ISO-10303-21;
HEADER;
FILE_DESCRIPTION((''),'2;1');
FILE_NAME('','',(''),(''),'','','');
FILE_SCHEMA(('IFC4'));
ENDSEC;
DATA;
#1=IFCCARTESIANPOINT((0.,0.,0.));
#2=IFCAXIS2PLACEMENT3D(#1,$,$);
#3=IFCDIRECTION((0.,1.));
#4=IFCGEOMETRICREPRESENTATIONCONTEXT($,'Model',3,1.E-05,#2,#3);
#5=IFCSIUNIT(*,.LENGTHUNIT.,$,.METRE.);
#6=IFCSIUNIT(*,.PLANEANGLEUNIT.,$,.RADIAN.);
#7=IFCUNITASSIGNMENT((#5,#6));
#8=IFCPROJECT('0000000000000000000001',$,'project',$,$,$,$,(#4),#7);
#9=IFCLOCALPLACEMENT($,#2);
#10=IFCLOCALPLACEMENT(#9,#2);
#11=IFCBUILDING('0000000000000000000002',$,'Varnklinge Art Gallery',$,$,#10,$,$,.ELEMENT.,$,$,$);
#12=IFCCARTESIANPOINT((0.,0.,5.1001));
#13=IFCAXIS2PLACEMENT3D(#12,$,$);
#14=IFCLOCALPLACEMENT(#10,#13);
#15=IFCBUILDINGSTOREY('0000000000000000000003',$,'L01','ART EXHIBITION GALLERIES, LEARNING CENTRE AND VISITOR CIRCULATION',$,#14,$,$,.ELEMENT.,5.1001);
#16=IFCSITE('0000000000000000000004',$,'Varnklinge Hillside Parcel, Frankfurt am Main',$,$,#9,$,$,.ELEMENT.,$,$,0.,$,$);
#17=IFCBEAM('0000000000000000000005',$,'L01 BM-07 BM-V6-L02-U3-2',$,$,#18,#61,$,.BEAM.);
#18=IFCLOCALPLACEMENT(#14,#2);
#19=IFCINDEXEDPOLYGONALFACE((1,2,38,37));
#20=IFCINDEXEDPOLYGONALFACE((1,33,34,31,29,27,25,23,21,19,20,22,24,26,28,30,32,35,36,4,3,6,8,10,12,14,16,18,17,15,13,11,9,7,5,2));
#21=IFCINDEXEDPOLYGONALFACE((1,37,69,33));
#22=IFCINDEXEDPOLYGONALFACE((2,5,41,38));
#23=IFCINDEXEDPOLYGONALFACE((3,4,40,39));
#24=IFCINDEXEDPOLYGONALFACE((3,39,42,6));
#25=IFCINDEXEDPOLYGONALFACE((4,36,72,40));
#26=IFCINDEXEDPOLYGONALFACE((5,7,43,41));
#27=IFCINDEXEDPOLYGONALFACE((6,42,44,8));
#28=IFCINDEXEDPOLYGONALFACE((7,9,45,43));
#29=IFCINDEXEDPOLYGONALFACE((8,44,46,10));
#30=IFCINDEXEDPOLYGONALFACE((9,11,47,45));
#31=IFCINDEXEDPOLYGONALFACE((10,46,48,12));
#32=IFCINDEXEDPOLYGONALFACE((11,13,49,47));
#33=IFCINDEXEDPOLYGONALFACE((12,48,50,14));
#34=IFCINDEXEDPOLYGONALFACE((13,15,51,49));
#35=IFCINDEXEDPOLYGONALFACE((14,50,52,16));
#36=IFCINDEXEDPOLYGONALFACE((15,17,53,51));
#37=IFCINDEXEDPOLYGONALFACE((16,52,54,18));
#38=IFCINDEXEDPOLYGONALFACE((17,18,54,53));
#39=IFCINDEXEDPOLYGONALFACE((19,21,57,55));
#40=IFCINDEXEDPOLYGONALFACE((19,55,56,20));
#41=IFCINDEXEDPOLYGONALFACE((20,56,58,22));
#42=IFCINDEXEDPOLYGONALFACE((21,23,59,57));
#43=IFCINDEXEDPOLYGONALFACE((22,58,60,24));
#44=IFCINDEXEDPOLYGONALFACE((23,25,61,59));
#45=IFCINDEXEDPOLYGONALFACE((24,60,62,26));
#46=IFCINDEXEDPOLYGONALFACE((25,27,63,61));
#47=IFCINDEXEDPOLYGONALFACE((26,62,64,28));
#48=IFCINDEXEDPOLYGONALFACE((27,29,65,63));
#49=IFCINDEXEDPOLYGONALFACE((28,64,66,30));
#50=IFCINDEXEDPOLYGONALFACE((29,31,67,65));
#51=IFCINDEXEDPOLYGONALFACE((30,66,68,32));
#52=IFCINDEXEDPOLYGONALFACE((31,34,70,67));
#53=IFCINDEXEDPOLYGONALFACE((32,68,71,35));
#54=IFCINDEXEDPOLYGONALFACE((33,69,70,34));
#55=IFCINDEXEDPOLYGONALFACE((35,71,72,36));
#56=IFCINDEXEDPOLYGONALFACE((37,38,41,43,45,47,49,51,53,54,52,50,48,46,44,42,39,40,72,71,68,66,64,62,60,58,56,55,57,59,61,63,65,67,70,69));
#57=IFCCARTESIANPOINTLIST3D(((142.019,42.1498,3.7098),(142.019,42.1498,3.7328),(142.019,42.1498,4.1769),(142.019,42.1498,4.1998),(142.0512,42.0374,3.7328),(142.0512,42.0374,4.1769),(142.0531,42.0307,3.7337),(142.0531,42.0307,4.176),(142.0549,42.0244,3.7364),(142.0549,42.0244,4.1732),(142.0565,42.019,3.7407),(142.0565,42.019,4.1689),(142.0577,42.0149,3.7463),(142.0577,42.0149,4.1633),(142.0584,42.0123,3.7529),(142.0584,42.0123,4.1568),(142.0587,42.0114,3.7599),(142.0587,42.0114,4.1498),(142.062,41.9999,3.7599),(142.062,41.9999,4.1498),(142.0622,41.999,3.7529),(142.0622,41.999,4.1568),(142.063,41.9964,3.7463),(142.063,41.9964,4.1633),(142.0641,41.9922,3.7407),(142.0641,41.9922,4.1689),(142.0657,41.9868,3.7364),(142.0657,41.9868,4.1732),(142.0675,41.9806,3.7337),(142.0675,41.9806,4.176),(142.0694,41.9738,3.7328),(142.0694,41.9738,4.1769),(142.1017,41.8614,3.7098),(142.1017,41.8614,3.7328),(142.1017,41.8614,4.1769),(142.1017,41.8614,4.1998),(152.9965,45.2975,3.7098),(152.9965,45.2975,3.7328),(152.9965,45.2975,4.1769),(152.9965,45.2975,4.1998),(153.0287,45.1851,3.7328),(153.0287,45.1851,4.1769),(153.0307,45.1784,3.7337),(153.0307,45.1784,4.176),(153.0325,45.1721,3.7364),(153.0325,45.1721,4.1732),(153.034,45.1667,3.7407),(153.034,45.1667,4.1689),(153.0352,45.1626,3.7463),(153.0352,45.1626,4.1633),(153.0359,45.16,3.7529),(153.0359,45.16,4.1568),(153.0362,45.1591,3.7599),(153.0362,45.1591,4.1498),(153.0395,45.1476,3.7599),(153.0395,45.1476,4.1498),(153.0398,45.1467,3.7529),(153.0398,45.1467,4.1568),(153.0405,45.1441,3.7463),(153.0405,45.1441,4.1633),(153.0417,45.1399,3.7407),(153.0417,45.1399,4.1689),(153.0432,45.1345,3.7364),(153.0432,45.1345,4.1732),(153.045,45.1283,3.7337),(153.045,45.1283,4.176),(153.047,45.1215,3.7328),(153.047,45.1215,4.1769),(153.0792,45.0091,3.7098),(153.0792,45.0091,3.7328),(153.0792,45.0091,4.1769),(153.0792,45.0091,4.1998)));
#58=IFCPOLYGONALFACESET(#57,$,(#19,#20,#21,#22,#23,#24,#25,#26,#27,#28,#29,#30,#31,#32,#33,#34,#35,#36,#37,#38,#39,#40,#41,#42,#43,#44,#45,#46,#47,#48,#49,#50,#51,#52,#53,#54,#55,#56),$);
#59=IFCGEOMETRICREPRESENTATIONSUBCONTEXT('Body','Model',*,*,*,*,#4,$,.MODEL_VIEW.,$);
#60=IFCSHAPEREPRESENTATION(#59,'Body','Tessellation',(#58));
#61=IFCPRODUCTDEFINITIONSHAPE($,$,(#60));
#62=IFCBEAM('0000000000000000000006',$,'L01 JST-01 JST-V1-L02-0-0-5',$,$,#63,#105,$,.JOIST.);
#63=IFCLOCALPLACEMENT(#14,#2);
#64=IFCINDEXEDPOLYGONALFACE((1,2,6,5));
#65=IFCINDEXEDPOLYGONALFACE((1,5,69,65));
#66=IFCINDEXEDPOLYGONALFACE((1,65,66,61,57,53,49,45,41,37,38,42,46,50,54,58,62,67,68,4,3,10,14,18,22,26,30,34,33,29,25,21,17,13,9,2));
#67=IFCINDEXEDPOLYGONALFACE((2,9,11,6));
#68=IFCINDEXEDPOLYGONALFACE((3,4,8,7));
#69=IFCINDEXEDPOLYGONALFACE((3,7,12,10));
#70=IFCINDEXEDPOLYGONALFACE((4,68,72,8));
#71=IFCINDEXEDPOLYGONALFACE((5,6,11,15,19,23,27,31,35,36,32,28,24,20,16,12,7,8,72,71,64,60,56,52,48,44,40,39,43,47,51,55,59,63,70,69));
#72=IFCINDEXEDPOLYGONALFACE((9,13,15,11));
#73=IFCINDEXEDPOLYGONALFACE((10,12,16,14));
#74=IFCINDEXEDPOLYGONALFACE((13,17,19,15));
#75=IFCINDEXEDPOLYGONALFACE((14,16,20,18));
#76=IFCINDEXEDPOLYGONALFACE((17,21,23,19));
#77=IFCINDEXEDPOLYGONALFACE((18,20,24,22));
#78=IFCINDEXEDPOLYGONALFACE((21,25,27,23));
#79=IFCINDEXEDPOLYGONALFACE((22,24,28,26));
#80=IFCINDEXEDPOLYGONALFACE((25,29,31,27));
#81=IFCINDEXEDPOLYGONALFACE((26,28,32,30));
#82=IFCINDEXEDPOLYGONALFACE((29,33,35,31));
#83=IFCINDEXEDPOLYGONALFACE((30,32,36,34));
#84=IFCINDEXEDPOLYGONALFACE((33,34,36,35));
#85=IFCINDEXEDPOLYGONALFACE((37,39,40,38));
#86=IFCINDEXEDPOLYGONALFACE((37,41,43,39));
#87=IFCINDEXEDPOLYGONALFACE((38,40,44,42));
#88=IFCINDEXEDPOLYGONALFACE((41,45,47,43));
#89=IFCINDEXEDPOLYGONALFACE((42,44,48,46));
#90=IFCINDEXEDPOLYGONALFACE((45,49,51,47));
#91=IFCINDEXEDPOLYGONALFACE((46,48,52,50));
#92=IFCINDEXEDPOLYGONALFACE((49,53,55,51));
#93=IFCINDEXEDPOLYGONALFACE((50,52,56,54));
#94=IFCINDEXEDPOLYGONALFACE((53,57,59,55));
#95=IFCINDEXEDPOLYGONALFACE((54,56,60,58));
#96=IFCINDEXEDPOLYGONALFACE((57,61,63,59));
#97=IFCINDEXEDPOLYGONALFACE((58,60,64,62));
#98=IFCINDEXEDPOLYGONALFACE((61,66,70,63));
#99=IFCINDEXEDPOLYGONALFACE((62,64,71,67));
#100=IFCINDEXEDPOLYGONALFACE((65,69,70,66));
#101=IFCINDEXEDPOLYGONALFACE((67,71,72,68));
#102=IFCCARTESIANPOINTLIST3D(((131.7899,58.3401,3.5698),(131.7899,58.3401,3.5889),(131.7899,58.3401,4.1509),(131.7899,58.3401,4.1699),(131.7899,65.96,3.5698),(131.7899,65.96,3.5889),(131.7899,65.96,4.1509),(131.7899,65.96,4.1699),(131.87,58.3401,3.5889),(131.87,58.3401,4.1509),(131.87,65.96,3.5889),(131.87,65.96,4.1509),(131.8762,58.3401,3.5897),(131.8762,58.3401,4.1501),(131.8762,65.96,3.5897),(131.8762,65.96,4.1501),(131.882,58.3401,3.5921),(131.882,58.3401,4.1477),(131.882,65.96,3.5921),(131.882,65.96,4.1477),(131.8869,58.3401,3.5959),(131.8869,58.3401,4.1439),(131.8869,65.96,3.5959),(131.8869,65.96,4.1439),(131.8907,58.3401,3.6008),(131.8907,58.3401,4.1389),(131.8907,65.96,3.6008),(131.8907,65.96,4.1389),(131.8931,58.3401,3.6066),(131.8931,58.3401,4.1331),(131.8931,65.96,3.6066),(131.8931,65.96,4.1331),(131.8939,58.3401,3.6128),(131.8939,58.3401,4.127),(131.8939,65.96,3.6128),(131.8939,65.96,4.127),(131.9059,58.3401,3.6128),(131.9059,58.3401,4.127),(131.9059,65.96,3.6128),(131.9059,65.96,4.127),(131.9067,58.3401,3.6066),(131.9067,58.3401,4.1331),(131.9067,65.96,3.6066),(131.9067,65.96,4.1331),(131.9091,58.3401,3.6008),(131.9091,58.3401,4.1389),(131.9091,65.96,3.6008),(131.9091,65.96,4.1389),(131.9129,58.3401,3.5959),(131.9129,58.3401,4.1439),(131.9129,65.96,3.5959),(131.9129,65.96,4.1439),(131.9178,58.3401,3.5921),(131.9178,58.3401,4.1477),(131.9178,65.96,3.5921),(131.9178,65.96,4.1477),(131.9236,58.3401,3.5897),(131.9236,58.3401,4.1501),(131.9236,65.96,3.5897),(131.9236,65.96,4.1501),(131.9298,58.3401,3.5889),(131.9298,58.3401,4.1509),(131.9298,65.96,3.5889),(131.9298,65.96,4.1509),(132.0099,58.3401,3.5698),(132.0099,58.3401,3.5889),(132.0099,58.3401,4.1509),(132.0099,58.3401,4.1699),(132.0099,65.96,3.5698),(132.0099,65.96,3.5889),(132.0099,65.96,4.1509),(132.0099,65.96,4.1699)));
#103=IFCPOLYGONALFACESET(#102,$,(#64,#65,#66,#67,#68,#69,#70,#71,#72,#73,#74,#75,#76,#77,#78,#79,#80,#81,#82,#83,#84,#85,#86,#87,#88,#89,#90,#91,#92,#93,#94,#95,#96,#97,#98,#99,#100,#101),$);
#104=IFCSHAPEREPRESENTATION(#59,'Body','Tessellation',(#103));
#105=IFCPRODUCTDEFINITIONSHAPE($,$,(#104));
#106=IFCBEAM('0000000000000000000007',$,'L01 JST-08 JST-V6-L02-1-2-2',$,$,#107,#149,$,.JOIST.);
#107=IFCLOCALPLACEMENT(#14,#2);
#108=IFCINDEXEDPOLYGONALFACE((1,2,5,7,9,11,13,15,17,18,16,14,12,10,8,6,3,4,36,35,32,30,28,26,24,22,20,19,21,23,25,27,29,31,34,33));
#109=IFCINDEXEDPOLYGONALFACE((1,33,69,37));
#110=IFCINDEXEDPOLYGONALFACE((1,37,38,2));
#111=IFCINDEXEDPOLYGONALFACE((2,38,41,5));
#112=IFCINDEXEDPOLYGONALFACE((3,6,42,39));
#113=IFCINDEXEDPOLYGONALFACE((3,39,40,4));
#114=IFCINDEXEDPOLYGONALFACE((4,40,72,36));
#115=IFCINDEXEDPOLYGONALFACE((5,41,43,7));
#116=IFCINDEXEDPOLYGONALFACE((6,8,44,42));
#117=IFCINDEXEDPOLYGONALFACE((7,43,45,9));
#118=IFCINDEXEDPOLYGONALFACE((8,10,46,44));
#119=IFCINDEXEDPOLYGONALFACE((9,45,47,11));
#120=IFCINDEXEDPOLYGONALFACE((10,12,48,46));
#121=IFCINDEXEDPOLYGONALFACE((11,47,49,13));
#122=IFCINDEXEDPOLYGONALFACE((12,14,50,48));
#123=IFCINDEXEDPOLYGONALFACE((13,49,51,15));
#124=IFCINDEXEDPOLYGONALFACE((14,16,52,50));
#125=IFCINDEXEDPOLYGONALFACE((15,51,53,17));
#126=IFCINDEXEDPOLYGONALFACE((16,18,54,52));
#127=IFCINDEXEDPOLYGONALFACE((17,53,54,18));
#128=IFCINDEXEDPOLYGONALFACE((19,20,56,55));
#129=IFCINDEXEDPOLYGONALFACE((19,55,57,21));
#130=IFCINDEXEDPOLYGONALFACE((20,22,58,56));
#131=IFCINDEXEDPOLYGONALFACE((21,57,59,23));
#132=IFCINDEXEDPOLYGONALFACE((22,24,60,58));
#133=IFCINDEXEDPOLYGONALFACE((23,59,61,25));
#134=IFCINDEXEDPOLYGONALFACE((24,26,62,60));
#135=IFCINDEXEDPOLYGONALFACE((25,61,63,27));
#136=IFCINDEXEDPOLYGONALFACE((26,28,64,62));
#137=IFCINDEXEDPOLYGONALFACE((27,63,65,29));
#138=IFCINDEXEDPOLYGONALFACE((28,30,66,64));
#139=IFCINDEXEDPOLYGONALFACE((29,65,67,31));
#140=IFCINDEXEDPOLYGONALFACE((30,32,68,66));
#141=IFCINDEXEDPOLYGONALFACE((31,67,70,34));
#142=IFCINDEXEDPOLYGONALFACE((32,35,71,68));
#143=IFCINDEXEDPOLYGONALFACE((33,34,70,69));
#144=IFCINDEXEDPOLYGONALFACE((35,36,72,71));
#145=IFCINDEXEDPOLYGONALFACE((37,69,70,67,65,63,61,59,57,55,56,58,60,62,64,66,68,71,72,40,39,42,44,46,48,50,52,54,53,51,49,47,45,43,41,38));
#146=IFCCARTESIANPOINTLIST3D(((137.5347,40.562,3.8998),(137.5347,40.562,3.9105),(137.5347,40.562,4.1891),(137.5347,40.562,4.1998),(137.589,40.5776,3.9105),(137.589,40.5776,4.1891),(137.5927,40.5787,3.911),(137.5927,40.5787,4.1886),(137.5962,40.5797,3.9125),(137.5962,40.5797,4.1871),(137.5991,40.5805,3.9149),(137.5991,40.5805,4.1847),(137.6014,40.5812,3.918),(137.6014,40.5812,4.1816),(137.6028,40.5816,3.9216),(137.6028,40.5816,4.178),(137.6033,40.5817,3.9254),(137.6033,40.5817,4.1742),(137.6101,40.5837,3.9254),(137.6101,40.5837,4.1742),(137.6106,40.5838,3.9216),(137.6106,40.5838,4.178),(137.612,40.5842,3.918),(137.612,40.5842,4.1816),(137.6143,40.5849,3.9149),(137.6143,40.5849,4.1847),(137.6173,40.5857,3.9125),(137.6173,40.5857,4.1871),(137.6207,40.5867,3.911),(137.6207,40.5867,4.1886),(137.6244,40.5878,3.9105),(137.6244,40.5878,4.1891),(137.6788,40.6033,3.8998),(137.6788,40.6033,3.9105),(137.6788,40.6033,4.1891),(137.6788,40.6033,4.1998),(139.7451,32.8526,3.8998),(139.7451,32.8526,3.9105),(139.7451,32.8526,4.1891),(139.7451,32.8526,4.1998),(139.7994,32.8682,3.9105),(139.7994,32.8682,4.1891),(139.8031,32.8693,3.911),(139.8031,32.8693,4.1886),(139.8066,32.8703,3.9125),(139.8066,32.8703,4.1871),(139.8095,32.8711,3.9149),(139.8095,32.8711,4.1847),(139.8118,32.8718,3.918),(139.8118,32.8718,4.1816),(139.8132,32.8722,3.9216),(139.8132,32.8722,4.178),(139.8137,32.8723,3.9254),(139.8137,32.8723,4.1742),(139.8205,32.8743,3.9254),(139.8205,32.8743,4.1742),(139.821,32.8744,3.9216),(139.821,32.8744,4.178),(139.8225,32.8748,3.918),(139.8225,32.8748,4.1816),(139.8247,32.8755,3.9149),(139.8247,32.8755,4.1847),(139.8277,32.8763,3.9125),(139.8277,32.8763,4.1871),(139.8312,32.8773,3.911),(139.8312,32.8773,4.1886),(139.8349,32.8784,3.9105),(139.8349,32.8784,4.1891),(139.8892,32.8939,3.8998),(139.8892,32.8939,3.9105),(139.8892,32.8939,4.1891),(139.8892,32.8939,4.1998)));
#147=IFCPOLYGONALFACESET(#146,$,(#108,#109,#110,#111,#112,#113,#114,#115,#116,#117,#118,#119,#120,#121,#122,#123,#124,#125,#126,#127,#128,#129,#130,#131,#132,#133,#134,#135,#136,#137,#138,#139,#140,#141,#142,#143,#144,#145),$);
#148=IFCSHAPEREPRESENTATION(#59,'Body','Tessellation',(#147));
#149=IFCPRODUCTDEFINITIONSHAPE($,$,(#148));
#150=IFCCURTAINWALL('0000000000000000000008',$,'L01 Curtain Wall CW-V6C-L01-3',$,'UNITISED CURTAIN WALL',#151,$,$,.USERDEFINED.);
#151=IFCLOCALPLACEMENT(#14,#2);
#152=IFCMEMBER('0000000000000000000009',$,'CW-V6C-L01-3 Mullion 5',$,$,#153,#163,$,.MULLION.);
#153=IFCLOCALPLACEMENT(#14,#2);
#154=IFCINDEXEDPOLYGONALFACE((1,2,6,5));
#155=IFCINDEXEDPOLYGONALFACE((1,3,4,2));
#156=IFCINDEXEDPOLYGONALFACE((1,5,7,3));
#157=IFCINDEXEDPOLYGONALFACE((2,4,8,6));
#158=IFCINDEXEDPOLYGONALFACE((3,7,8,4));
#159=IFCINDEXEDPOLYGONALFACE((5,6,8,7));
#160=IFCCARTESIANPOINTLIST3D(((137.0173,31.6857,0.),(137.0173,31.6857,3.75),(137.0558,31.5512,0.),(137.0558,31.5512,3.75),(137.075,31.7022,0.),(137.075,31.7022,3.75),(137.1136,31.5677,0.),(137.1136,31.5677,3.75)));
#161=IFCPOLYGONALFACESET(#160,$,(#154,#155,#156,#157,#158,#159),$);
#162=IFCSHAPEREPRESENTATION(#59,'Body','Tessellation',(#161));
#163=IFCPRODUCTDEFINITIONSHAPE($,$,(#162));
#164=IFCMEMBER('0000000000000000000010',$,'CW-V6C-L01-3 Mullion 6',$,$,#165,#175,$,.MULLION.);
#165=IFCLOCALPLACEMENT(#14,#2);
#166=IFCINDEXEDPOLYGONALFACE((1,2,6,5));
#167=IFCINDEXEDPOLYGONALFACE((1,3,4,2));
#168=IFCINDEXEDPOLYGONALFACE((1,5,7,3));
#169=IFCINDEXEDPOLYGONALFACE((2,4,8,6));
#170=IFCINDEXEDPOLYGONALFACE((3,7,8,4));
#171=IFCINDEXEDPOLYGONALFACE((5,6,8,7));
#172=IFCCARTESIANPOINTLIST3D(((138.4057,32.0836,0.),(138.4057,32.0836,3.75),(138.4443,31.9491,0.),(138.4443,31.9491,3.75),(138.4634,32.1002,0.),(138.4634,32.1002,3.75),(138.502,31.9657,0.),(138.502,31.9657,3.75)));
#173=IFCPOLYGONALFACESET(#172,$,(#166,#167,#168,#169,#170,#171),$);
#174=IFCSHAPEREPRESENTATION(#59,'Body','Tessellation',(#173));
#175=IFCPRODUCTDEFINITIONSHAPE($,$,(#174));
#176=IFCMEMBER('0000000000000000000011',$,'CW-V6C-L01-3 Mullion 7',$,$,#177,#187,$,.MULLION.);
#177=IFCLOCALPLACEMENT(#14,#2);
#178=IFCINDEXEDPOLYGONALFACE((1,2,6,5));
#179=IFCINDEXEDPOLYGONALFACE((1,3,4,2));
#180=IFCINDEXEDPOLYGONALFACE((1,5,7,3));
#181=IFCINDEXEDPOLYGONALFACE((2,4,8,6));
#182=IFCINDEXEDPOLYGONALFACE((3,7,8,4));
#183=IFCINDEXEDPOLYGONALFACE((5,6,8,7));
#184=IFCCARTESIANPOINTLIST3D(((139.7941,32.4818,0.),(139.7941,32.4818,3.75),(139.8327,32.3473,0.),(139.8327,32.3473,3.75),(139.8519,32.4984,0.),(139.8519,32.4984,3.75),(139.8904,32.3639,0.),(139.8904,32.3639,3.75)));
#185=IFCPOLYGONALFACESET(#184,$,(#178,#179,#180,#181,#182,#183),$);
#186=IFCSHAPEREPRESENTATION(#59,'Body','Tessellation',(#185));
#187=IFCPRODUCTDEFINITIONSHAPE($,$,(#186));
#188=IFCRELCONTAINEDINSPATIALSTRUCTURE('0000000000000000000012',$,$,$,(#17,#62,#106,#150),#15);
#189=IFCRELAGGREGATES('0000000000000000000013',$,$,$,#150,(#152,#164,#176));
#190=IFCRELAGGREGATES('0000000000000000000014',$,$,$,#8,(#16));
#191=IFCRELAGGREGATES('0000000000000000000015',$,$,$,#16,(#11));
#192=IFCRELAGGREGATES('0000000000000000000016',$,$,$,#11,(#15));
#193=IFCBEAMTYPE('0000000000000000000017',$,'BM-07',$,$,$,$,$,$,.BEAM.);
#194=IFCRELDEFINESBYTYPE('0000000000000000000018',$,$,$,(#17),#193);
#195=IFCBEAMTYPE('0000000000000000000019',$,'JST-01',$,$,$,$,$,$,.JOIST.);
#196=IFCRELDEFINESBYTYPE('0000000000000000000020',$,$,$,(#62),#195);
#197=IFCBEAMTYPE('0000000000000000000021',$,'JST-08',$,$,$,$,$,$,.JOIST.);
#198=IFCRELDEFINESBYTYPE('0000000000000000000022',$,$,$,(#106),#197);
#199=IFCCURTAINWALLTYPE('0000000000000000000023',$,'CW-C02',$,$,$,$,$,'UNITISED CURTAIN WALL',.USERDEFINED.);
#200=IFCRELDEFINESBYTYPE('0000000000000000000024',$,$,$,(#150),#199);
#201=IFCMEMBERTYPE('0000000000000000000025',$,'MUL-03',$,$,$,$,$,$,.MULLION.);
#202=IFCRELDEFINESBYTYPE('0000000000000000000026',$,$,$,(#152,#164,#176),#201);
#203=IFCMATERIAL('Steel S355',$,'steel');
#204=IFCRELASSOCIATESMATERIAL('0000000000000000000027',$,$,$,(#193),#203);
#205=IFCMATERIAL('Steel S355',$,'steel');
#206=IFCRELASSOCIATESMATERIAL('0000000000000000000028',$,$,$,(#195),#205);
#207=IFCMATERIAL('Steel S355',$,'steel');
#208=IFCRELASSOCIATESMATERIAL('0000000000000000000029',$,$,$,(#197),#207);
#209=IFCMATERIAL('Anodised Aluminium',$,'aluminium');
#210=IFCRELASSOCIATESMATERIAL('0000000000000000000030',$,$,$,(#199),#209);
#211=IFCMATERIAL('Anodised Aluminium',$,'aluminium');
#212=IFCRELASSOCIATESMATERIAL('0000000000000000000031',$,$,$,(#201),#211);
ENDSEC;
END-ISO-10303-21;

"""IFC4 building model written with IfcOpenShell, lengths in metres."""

from ifc_helpers import new_model, si_unit, direction, frame, origin, origin_2d, place, context, subcontext, project, spatial, rectangle, i_section, extrude, material, material_profile, profile_set, type_object, element, aggregate, save


model = new_model("IFC4")

# Units and contexts
model_context = context("Model", 3, precision=1e-05, world=origin(), true_north=direction((0.0, 1.0)))
body_context = subcontext(model_context, "Body", "Model", "MODEL_VIEW")
ifc_project = project(units=[si_unit("LENGTHUNIT", "METRE"), si_unit("PLANEANGLEUNIT", "RADIAN")], contexts=[model_context])

# Site, building, storey
site_placement = place(None, origin())
site = spatial("IfcSite", under=ifc_project, at=site_placement, Name="Varnklinge Hillside Parcel, Frankfurt am Main", CompositionType="ELEMENT", RefElevation=0.0)
building_placement = place(site_placement, origin())
building = spatial("IfcBuilding", under=site, at=building_placement, Name="Varnklinge Art Gallery", CompositionType="ELEMENT")
storey_placement = place(building_placement, frame((0.0, 0.0, 5.1001)))
storey = spatial("IfcBuildingStorey", under=building, at=storey_placement, Name="L01", Description="ART EXHIBITION GALLERIES, LEARNING CENTRE AND VISITOR CIRCULATION", CompositionType="ELEMENT", Elevation=5.1001)

# Beams
ifc_material_1 = material(Name="Steel S355", Category="steel")
ifc_material_profile_1 = material_profile(ifc_material_1, i_section(OverallWidth=0.3, OverallDepth=0.49, WebThickness=0.012, FlangeThickness=0.0229, FilletRadius=0.0271, at=origin_2d()), Name="HEA 500")
ifc_profile_set_1 = profile_set([ifc_material_profile_1], Name="Steel S355")
beam_type_1 = type_object("IfcBeamType", Name="BM-07", PredefinedType="BEAM", material=ifc_profile_set_1)
beam_1_placement = place(storey_placement, frame((142.0603, 42.0056, 3.9548), z_axis=(0.961263, 0.275633, 0.0), x_axis=(-0.275633, 0.961263, 0.0)))
element("IfcBeam", 1, at=beam_1_placement, inside=storey, type_object=beam_type_1, Name="L01 BM-07 BM-V6-L02-U3-2", PredefinedType="BEAM", context=body_context, shape_type="SweptSolid", body=[
    extrude(i_section(OverallWidth=0.3, OverallDepth=0.49, WebThickness=0.012, FlangeThickness=0.0229, FilletRadius=0.0271, at=origin_2d()), origin(), (0.0, 0.0, 1.0), 11.4199),
])
ifc_material_2 = material(Name="Steel S355", Category="steel")
ifc_material_profile_2 = material_profile(ifc_material_2, i_section(OverallWidth=0.22, OverallDepth=0.6001, WebThickness=0.012, FlangeThickness=0.019, FilletRadius=0.0239, at=origin_2d()), Name="IPE 600")
ifc_profile_set_2 = profile_set([ifc_material_profile_2], Name="Steel S355")
beam_type_2 = type_object("IfcBeamType", Name="JST-01", PredefinedType="JOIST", material=ifc_profile_set_2)
beam_2_placement = place(storey_placement, frame((131.8999, 58.3401, 3.8699), z_axis=(0.0, 1.0, 0.0), x_axis=(-1.0, 0.0, 0.0)))
element("IfcBeam", 2, at=beam_2_placement, inside=storey, type_object=beam_type_2, Name="L01 JST-01 JST-V1-L02-0-0-5", PredefinedType="JOIST", context=body_context, shape_type="SweptSolid", body=[
    extrude(i_section(OverallWidth=0.22, OverallDepth=0.6001, WebThickness=0.012, FlangeThickness=0.019, FilletRadius=0.0239, at=origin_2d()), origin(), (0.0, 0.0, 1.0), 7.6199),
])
ifc_material_3 = material(Name="Steel S355", Category="steel")
ifc_material_profile_3 = material_profile(ifc_material_3, i_section(OverallWidth=0.1499, OverallDepth=0.3, WebThickness=0.0071, FlangeThickness=0.0107, FilletRadius=0.0149, at=origin_2d()), Name="IPE 300")
ifc_profile_set_3 = profile_set([ifc_material_profile_3], Name="Steel S355")
beam_type_3 = type_object("IfcBeamType", Name="JST-08", PredefinedType="JOIST", material=ifc_profile_set_3)
beam_3_placement = place(storey_placement, frame((139.8171, 32.8733, 4.0498), z_axis=(-0.275614, 0.961269, 0.0), x_axis=(-0.961269, -0.275614, 0.0)))
element("IfcBeam", 3, at=beam_3_placement, inside=storey, type_object=beam_type_3, Name="L01 JST-08 JST-V6-L02-1-2-2", PredefinedType="JOIST", context=body_context, shape_type="SweptSolid", body=[
    extrude(i_section(OverallWidth=0.1499, OverallDepth=0.3, WebThickness=0.0071, FlangeThickness=0.0107, FilletRadius=0.0149, at=origin_2d()), origin(), (0.0, 0.0, 1.0), 8.02),
])

# Curtain wall, members
ifc_material_4 = material(Name="Anodised Aluminium", Category="aluminium")
curtain_wall_type = type_object("IfcCurtainWallType", Name="CW-C02", ElementType="UNITISED CURTAIN WALL", PredefinedType="USERDEFINED", material=ifc_material_4)
curtain_wall_placement = place(storey_placement, origin())
curtain_wall = element("IfcCurtainWall", 4, at=curtain_wall_placement, inside=storey, type_object=curtain_wall_type, Name="L01 Curtain Wall CW-V6C-L01-3", ObjectType="UNITISED CURTAIN WALL", PredefinedType="USERDEFINED")
ifc_material_5 = material(Name="Anodised Aluminium", Category="aluminium")
ifc_material_profile_4 = material_profile(ifc_material_5, rectangle(XDim=0.0601, YDim=0.1399, at=origin_2d()), Name="ALU 60x140")
ifc_profile_set_4 = profile_set([ifc_material_profile_4], Name="Anodised Aluminium")
member_type = type_object("IfcMemberType", Name="MUL-03", PredefinedType="MULLION", material=ifc_profile_set_4)
member_1_placement = place(storey_placement, frame((137.0654, 31.6267, 0.0), z_axis=(0.0, 0.0, 1.0), x_axis=(0.961262, 0.275637, 0.0)))
member_1 = element("IfcMember", 5, at=member_1_placement, type_object=member_type, Name="CW-V6C-L01-3 Mullion 5", PredefinedType="MULLION", context=body_context, shape_type="SweptSolid", body=[
    extrude(rectangle(XDim=0.0601, YDim=0.1399, at=origin_2d()), origin(), (0.0, 0.0, 1.0), 3.75),
])
member_2_placement = place(storey_placement, frame((138.4539, 32.0247, 0.0), z_axis=(0.0, 0.0, 1.0), x_axis=(0.961262, 0.275637, 0.0)))
member_2 = element("IfcMember", 6, at=member_2_placement, type_object=member_type, Name="CW-V6C-L01-3 Mullion 6", PredefinedType="MULLION", context=body_context, shape_type="SweptSolid", body=[
    extrude(rectangle(XDim=0.0601, YDim=0.1399, at=origin_2d()), origin(), (0.0, 0.0, 1.0), 3.75),
])
member_3_placement = place(storey_placement, frame((139.8423, 32.4229, 0.0), z_axis=(0.0, 0.0, 1.0), x_axis=(0.961262, 0.275637, 0.0)))
member_3 = element("IfcMember", 7, at=member_3_placement, type_object=member_type, Name="CW-V6C-L01-3 Mullion 7", PredefinedType="MULLION", context=body_context, shape_type="SweptSolid", body=[
    extrude(rectangle(XDim=0.0601, YDim=0.1399, at=origin_2d()), origin(), (0.0, 0.0, 1.0), 3.75),
])

aggregate(curtain_wall, [member_1, member_2, member_3])

save(model, "model.ifc")
